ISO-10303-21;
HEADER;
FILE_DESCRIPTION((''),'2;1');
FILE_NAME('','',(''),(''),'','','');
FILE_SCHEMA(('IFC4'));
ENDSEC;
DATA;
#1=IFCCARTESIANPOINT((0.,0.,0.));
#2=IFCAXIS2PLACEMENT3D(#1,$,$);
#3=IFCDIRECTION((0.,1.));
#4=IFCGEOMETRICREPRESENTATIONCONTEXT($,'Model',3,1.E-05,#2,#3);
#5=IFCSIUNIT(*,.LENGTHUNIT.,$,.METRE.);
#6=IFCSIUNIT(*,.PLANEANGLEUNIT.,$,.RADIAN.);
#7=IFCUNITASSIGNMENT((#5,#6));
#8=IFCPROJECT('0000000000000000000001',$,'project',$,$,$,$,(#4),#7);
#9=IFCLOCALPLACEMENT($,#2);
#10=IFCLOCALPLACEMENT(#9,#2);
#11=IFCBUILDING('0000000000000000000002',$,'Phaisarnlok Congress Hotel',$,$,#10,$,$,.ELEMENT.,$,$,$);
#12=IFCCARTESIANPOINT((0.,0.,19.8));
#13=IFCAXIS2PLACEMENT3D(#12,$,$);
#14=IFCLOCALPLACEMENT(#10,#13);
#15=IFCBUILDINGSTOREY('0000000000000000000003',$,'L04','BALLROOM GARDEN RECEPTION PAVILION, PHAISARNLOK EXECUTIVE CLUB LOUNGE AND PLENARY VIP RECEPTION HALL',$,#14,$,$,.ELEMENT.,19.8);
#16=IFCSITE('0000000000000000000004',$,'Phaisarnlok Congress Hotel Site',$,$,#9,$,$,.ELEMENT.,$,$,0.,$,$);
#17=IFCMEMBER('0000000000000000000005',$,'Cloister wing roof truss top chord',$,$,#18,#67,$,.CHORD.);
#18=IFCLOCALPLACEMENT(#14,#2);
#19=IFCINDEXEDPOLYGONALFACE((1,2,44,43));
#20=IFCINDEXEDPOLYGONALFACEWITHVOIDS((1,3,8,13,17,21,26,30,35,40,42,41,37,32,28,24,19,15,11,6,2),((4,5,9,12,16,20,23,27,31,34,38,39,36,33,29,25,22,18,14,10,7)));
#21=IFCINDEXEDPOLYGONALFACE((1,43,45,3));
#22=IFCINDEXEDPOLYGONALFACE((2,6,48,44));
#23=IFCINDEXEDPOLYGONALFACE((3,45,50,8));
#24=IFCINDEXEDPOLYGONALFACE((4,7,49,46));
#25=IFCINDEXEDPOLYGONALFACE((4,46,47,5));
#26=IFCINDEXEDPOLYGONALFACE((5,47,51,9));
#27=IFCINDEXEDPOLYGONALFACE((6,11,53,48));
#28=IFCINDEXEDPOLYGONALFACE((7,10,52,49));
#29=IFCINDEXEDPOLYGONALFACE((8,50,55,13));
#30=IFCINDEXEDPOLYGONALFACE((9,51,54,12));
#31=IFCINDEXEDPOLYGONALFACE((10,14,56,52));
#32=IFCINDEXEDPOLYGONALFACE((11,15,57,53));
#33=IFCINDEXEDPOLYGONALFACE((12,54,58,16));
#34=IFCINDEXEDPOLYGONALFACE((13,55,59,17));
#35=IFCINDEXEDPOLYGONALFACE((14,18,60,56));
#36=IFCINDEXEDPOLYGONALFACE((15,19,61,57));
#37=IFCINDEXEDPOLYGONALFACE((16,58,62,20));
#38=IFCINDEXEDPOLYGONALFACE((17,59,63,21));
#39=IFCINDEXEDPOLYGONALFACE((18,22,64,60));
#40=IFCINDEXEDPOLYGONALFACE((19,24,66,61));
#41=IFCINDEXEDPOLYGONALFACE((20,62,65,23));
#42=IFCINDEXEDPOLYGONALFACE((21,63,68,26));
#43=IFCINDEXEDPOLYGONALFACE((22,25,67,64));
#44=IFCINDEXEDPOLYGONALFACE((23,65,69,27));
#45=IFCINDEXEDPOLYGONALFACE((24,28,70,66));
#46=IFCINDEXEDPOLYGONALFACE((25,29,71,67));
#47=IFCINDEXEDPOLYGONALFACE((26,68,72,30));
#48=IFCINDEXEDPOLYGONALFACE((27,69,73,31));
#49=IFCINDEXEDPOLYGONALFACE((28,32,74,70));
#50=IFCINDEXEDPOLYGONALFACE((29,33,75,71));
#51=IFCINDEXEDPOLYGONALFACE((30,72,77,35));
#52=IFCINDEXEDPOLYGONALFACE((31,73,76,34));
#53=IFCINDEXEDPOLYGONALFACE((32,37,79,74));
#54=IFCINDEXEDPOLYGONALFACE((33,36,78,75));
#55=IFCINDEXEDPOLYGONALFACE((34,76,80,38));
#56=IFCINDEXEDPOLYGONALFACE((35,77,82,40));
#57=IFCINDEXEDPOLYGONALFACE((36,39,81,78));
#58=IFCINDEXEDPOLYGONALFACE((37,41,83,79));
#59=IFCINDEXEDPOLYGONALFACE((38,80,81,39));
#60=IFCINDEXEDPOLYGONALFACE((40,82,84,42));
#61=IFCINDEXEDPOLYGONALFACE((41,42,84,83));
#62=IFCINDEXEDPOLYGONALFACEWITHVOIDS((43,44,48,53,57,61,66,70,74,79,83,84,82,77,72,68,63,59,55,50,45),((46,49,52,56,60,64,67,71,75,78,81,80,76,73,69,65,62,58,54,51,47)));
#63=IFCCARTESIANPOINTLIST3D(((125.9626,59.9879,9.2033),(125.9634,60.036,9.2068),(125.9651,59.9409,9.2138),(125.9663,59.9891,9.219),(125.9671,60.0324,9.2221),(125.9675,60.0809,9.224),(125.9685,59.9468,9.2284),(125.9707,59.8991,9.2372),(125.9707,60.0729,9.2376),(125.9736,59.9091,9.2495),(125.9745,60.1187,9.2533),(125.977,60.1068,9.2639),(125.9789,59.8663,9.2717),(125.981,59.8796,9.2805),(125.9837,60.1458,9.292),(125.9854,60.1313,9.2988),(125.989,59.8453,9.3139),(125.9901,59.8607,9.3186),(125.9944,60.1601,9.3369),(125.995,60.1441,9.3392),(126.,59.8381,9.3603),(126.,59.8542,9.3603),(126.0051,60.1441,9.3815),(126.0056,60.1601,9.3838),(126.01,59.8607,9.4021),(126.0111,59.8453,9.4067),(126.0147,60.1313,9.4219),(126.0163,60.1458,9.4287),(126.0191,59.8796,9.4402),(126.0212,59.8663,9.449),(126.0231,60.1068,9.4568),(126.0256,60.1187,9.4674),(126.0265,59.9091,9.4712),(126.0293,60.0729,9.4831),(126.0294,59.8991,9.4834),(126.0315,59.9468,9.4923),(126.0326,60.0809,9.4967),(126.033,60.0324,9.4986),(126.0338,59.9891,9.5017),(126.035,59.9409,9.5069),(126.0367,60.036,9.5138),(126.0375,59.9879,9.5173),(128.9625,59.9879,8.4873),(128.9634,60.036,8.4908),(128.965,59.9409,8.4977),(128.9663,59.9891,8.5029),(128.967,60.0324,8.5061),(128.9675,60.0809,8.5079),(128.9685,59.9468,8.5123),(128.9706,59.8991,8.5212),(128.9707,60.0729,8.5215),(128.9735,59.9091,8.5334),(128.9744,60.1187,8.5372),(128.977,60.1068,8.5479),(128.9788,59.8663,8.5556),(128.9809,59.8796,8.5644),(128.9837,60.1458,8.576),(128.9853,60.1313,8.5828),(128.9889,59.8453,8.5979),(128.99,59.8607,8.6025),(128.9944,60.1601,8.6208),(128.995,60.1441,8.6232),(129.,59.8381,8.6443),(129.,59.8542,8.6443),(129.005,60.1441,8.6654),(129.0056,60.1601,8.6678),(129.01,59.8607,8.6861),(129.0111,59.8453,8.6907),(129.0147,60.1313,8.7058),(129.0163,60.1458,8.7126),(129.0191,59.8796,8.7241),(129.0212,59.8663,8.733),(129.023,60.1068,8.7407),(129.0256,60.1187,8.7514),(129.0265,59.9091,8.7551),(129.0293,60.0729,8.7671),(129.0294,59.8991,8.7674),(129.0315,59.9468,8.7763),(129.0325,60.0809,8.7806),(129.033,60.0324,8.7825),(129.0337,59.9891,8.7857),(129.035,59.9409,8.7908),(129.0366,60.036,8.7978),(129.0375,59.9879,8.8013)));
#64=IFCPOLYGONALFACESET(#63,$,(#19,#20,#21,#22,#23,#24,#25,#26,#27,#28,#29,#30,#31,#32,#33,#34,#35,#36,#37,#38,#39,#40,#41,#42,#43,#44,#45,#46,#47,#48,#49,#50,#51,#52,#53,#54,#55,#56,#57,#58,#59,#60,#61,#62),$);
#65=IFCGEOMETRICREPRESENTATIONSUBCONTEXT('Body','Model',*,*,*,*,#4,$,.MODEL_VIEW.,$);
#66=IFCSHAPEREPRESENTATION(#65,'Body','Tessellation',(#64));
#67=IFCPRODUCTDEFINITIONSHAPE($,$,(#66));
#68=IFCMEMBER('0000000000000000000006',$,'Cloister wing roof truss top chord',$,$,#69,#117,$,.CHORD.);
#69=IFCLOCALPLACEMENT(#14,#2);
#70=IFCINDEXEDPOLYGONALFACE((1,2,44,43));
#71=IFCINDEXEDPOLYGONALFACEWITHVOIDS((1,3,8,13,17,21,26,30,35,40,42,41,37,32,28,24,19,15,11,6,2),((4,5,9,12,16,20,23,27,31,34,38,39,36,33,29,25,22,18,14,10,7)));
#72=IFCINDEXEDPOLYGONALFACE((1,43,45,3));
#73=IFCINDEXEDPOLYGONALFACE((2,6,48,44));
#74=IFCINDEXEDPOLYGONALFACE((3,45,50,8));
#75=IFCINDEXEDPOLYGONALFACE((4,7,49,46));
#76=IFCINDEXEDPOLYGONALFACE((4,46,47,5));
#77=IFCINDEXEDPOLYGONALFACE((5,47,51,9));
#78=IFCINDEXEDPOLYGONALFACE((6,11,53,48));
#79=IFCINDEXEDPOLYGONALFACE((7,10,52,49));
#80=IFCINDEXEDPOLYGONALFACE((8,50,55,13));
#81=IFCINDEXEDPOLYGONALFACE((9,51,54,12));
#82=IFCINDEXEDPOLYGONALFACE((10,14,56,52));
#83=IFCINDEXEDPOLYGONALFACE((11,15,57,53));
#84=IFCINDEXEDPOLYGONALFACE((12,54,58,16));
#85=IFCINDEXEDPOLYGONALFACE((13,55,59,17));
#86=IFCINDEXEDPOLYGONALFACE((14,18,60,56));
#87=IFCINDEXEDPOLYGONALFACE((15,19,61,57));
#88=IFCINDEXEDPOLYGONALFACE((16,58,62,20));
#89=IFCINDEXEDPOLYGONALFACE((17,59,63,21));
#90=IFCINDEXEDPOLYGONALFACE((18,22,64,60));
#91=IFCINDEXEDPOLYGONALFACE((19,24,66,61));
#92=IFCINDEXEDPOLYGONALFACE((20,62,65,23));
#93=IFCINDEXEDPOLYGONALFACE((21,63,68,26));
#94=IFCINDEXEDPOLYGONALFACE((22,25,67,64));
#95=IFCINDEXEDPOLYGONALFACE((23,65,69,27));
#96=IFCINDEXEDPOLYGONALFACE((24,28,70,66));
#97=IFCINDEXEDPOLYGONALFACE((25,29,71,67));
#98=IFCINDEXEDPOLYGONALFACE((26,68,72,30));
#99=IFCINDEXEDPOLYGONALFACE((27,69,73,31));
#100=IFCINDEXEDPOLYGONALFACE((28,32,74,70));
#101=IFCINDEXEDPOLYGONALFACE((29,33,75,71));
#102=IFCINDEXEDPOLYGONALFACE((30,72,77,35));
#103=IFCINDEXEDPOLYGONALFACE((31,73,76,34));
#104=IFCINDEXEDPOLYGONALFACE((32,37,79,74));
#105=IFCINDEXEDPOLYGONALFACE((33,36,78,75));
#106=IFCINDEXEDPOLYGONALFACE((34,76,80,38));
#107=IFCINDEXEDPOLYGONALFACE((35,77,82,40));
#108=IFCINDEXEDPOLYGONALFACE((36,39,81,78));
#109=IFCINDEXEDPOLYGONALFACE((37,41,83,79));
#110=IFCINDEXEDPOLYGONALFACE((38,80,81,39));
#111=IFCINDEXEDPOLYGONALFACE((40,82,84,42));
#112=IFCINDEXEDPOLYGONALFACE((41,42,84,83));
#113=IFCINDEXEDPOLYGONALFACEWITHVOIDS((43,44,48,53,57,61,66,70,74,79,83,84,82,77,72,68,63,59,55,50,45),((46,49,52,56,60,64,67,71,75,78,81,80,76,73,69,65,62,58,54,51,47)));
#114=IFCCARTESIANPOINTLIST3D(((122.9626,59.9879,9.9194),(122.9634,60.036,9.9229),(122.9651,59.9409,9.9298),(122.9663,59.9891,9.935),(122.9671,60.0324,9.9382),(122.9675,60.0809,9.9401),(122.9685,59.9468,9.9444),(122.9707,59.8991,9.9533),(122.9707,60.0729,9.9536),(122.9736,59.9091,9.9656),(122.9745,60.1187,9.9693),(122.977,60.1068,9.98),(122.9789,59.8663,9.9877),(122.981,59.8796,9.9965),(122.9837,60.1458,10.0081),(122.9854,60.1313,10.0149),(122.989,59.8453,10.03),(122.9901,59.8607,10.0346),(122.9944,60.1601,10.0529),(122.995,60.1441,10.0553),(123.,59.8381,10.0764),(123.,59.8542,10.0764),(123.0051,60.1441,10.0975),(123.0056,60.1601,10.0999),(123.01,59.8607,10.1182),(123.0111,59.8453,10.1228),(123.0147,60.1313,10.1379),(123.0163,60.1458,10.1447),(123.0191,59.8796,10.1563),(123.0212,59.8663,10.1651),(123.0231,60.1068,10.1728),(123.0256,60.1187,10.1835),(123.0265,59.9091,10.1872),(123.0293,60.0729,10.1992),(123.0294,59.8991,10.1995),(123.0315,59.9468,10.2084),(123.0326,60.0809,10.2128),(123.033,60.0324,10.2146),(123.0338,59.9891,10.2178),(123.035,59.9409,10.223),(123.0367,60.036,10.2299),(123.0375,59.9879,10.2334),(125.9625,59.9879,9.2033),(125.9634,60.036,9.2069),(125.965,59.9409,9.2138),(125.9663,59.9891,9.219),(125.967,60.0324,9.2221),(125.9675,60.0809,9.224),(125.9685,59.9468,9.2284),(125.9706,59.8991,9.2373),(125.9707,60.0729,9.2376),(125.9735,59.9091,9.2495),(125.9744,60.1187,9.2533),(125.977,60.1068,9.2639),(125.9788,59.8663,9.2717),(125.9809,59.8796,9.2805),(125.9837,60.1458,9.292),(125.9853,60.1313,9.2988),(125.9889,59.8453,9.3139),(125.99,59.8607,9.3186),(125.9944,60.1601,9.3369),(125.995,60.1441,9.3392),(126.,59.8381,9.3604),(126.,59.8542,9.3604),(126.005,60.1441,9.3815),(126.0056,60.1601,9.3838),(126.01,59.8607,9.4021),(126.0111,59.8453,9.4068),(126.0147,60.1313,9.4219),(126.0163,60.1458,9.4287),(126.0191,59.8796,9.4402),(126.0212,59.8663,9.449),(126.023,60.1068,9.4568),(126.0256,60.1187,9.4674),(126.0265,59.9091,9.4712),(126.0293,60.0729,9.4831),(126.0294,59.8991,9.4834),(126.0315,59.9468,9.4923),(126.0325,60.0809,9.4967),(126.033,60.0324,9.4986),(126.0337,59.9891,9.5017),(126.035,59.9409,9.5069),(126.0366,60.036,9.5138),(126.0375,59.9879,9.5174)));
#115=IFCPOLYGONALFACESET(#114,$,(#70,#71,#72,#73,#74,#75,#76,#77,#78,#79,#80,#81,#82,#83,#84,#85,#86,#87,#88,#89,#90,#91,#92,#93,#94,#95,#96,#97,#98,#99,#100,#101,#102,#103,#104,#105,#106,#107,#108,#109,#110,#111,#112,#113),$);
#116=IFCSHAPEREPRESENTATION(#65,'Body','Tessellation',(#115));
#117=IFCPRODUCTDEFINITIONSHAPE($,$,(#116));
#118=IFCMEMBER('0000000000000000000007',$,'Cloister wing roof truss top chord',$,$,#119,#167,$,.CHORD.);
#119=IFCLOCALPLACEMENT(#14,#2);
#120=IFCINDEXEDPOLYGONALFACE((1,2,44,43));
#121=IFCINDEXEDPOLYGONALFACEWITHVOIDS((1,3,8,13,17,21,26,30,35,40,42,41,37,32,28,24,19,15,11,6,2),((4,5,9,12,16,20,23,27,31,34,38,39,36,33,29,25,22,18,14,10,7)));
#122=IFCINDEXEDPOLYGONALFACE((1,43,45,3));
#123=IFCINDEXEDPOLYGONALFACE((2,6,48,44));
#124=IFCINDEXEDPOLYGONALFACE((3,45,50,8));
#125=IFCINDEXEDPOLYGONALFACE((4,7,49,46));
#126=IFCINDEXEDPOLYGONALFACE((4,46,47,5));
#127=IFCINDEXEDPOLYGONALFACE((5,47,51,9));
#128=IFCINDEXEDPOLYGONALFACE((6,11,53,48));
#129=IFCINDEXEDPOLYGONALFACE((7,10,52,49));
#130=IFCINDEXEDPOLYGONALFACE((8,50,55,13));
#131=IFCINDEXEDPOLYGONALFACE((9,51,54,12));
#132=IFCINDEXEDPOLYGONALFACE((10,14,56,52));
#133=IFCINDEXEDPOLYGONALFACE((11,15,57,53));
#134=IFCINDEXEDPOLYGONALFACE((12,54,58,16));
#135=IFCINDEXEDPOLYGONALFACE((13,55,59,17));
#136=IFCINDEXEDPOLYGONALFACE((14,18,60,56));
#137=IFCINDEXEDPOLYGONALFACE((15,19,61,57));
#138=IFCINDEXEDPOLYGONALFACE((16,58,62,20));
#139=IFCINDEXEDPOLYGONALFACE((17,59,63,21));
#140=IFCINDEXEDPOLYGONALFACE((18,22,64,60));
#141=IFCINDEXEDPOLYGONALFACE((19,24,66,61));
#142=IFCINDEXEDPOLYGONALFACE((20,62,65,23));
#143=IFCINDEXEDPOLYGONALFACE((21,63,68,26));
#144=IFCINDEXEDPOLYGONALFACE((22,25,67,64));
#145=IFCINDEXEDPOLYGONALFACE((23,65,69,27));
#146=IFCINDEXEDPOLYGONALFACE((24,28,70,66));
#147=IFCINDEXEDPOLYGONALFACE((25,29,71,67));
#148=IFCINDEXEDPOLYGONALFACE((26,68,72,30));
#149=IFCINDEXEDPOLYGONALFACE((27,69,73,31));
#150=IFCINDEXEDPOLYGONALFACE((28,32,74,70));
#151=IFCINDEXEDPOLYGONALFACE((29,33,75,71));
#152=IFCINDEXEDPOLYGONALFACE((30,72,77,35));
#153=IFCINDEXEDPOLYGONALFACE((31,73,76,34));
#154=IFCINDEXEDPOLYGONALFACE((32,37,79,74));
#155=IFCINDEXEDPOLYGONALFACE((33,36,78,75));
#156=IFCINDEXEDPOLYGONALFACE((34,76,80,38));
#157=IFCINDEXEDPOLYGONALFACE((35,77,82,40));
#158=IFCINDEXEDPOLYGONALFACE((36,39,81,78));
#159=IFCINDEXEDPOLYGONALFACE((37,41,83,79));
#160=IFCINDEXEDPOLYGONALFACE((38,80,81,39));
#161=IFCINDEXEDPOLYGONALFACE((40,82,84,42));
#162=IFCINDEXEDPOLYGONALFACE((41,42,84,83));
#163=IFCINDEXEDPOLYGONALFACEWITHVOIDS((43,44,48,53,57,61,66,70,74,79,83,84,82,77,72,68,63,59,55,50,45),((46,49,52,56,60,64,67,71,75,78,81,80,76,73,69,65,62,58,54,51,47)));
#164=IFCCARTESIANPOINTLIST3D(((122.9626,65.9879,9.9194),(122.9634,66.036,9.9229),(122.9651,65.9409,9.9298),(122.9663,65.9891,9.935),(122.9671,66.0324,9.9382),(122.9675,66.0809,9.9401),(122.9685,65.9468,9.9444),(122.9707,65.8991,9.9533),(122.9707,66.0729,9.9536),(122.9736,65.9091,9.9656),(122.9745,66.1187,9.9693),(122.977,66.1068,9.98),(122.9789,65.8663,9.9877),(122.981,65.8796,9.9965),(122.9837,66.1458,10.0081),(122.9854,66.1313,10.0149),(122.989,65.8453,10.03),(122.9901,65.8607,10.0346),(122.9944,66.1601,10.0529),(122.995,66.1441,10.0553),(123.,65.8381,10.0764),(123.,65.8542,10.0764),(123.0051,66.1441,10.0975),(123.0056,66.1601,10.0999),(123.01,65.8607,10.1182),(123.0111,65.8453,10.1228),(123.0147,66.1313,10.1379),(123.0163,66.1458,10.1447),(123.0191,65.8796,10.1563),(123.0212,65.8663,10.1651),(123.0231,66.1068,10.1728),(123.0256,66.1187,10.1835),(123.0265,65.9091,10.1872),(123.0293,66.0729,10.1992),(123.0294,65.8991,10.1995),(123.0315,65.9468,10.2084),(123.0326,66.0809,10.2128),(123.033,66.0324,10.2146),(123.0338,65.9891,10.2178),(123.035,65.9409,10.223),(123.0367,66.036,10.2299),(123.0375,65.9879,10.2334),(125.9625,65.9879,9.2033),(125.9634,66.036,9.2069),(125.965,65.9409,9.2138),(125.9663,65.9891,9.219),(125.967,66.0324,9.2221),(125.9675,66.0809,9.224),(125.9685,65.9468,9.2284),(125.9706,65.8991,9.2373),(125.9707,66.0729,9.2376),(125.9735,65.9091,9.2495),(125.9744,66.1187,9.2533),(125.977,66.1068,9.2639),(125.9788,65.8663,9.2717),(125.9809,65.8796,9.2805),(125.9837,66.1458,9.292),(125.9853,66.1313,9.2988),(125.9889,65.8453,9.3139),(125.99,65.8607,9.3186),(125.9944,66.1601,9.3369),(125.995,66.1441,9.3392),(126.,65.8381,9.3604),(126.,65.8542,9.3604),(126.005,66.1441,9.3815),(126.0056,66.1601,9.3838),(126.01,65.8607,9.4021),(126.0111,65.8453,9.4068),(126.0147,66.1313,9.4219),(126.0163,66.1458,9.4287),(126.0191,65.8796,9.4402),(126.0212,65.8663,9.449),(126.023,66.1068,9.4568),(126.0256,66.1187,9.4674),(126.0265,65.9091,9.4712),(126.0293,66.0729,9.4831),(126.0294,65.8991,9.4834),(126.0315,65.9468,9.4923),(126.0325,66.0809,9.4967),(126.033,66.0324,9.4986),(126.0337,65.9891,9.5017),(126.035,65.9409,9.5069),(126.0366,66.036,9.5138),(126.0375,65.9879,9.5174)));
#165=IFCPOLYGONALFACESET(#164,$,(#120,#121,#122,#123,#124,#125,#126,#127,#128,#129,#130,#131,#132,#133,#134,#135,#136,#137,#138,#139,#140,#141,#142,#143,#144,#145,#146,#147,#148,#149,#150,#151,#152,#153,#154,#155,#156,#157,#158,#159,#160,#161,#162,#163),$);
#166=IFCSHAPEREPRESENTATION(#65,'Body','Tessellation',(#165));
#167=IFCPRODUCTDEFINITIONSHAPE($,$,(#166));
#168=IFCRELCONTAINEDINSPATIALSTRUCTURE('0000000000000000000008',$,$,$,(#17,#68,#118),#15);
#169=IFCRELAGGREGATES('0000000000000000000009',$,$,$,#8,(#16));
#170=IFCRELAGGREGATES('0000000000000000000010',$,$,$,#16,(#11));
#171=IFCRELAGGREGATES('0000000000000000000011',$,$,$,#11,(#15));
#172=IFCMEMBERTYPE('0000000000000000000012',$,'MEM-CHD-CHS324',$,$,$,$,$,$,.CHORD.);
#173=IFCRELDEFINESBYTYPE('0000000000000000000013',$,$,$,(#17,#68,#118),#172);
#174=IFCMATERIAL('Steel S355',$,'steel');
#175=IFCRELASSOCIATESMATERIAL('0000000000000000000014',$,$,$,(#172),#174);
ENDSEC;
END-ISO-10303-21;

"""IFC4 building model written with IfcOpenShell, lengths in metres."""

from ifc_helpers import new_model, si_unit, direction, frame, origin, origin_2d, place, context, subcontext, project, spatial, hollow_circle, extrude, material, material_profile, profile_set, type_object, element, save


model = new_model("IFC4")

# Units and contexts
model_context = context("Model", 3, precision=1e-05, world=origin(), true_north=direction((0.0, 1.0)))
body_context = subcontext(model_context, "Body", "Model", "MODEL_VIEW")
ifc_project = project(units=[si_unit("LENGTHUNIT", "METRE"), si_unit("PLANEANGLEUNIT", "RADIAN")], contexts=[model_context])

# Site, building, storey
site_placement = place(None, origin())
site = spatial("IfcSite", under=ifc_project, at=site_placement, Name="Phaisarnlok Congress Hotel Site", CompositionType="ELEMENT", RefElevation=0.0)
building_placement = place(site_placement, origin())
building = spatial("IfcBuilding", under=site, at=building_placement, Name="Phaisarnlok Congress Hotel", CompositionType="ELEMENT")
storey_placement = place(building_placement, frame((0.0, 0.0, 19.8)))
storey = spatial("IfcBuildingStorey", under=building, at=storey_placement, Name="L04", Description="BALLROOM GARDEN RECEPTION PAVILION, PHAISARNLOK EXECUTIVE CLUB LOUNGE AND PLENARY VIP RECEPTION HALL", CompositionType="ELEMENT", Elevation=19.8)

# Shared definitions
ifc_material_1 = material(Name="Steel S355", Category="steel")

# Members
ifc_material_profile_1 = material_profile(ifc_material_1, hollow_circle(Radius=0.1619, WallThickness=0.0161, at=origin_2d()), Name="CHS 323.9x16")
ifc_profile_set_1 = profile_set([ifc_material_profile_1], Name="Steel S355")
member_type_1 = type_object("IfcMemberType", Name="MEM-CHD-CHS324", PredefinedType="CHORD", material=ifc_profile_set_1)
for number, where, z_axis, x_axis, name in (
    (1, (129.0, 60.0, 8.6443), (-0.972676, 0.0, 0.232166), (0.0, -1.0, 0.0), "Cloister wing roof truss top chord"),
    (2, (126.0, 60.0, 9.3604), (-0.972676, 0.0, 0.232166), (0.0, -1.0, 0.0), "Cloister wing roof truss top chord"),
    (3, (126.0, 66.0, 9.3604), (-0.972676, 0.0, 0.232166), (0.0, -1.0, 0.0), "Cloister wing roof truss top chord"),
):
    element("IfcMember", number, at=place(storey_placement, frame(where, z_axis=z_axis, x_axis=x_axis)), inside=storey, type_object=member_type_1, Name=name, PredefinedType="CHORD", context=body_context, shape_type="SweptSolid", body=[
        extrude(hollow_circle(Radius=0.1619, WallThickness=0.0161, at=origin_2d()), origin(), (0.0, 0.0, 1.0), 3.0842),
    ])

save(model, "model.ifc")
